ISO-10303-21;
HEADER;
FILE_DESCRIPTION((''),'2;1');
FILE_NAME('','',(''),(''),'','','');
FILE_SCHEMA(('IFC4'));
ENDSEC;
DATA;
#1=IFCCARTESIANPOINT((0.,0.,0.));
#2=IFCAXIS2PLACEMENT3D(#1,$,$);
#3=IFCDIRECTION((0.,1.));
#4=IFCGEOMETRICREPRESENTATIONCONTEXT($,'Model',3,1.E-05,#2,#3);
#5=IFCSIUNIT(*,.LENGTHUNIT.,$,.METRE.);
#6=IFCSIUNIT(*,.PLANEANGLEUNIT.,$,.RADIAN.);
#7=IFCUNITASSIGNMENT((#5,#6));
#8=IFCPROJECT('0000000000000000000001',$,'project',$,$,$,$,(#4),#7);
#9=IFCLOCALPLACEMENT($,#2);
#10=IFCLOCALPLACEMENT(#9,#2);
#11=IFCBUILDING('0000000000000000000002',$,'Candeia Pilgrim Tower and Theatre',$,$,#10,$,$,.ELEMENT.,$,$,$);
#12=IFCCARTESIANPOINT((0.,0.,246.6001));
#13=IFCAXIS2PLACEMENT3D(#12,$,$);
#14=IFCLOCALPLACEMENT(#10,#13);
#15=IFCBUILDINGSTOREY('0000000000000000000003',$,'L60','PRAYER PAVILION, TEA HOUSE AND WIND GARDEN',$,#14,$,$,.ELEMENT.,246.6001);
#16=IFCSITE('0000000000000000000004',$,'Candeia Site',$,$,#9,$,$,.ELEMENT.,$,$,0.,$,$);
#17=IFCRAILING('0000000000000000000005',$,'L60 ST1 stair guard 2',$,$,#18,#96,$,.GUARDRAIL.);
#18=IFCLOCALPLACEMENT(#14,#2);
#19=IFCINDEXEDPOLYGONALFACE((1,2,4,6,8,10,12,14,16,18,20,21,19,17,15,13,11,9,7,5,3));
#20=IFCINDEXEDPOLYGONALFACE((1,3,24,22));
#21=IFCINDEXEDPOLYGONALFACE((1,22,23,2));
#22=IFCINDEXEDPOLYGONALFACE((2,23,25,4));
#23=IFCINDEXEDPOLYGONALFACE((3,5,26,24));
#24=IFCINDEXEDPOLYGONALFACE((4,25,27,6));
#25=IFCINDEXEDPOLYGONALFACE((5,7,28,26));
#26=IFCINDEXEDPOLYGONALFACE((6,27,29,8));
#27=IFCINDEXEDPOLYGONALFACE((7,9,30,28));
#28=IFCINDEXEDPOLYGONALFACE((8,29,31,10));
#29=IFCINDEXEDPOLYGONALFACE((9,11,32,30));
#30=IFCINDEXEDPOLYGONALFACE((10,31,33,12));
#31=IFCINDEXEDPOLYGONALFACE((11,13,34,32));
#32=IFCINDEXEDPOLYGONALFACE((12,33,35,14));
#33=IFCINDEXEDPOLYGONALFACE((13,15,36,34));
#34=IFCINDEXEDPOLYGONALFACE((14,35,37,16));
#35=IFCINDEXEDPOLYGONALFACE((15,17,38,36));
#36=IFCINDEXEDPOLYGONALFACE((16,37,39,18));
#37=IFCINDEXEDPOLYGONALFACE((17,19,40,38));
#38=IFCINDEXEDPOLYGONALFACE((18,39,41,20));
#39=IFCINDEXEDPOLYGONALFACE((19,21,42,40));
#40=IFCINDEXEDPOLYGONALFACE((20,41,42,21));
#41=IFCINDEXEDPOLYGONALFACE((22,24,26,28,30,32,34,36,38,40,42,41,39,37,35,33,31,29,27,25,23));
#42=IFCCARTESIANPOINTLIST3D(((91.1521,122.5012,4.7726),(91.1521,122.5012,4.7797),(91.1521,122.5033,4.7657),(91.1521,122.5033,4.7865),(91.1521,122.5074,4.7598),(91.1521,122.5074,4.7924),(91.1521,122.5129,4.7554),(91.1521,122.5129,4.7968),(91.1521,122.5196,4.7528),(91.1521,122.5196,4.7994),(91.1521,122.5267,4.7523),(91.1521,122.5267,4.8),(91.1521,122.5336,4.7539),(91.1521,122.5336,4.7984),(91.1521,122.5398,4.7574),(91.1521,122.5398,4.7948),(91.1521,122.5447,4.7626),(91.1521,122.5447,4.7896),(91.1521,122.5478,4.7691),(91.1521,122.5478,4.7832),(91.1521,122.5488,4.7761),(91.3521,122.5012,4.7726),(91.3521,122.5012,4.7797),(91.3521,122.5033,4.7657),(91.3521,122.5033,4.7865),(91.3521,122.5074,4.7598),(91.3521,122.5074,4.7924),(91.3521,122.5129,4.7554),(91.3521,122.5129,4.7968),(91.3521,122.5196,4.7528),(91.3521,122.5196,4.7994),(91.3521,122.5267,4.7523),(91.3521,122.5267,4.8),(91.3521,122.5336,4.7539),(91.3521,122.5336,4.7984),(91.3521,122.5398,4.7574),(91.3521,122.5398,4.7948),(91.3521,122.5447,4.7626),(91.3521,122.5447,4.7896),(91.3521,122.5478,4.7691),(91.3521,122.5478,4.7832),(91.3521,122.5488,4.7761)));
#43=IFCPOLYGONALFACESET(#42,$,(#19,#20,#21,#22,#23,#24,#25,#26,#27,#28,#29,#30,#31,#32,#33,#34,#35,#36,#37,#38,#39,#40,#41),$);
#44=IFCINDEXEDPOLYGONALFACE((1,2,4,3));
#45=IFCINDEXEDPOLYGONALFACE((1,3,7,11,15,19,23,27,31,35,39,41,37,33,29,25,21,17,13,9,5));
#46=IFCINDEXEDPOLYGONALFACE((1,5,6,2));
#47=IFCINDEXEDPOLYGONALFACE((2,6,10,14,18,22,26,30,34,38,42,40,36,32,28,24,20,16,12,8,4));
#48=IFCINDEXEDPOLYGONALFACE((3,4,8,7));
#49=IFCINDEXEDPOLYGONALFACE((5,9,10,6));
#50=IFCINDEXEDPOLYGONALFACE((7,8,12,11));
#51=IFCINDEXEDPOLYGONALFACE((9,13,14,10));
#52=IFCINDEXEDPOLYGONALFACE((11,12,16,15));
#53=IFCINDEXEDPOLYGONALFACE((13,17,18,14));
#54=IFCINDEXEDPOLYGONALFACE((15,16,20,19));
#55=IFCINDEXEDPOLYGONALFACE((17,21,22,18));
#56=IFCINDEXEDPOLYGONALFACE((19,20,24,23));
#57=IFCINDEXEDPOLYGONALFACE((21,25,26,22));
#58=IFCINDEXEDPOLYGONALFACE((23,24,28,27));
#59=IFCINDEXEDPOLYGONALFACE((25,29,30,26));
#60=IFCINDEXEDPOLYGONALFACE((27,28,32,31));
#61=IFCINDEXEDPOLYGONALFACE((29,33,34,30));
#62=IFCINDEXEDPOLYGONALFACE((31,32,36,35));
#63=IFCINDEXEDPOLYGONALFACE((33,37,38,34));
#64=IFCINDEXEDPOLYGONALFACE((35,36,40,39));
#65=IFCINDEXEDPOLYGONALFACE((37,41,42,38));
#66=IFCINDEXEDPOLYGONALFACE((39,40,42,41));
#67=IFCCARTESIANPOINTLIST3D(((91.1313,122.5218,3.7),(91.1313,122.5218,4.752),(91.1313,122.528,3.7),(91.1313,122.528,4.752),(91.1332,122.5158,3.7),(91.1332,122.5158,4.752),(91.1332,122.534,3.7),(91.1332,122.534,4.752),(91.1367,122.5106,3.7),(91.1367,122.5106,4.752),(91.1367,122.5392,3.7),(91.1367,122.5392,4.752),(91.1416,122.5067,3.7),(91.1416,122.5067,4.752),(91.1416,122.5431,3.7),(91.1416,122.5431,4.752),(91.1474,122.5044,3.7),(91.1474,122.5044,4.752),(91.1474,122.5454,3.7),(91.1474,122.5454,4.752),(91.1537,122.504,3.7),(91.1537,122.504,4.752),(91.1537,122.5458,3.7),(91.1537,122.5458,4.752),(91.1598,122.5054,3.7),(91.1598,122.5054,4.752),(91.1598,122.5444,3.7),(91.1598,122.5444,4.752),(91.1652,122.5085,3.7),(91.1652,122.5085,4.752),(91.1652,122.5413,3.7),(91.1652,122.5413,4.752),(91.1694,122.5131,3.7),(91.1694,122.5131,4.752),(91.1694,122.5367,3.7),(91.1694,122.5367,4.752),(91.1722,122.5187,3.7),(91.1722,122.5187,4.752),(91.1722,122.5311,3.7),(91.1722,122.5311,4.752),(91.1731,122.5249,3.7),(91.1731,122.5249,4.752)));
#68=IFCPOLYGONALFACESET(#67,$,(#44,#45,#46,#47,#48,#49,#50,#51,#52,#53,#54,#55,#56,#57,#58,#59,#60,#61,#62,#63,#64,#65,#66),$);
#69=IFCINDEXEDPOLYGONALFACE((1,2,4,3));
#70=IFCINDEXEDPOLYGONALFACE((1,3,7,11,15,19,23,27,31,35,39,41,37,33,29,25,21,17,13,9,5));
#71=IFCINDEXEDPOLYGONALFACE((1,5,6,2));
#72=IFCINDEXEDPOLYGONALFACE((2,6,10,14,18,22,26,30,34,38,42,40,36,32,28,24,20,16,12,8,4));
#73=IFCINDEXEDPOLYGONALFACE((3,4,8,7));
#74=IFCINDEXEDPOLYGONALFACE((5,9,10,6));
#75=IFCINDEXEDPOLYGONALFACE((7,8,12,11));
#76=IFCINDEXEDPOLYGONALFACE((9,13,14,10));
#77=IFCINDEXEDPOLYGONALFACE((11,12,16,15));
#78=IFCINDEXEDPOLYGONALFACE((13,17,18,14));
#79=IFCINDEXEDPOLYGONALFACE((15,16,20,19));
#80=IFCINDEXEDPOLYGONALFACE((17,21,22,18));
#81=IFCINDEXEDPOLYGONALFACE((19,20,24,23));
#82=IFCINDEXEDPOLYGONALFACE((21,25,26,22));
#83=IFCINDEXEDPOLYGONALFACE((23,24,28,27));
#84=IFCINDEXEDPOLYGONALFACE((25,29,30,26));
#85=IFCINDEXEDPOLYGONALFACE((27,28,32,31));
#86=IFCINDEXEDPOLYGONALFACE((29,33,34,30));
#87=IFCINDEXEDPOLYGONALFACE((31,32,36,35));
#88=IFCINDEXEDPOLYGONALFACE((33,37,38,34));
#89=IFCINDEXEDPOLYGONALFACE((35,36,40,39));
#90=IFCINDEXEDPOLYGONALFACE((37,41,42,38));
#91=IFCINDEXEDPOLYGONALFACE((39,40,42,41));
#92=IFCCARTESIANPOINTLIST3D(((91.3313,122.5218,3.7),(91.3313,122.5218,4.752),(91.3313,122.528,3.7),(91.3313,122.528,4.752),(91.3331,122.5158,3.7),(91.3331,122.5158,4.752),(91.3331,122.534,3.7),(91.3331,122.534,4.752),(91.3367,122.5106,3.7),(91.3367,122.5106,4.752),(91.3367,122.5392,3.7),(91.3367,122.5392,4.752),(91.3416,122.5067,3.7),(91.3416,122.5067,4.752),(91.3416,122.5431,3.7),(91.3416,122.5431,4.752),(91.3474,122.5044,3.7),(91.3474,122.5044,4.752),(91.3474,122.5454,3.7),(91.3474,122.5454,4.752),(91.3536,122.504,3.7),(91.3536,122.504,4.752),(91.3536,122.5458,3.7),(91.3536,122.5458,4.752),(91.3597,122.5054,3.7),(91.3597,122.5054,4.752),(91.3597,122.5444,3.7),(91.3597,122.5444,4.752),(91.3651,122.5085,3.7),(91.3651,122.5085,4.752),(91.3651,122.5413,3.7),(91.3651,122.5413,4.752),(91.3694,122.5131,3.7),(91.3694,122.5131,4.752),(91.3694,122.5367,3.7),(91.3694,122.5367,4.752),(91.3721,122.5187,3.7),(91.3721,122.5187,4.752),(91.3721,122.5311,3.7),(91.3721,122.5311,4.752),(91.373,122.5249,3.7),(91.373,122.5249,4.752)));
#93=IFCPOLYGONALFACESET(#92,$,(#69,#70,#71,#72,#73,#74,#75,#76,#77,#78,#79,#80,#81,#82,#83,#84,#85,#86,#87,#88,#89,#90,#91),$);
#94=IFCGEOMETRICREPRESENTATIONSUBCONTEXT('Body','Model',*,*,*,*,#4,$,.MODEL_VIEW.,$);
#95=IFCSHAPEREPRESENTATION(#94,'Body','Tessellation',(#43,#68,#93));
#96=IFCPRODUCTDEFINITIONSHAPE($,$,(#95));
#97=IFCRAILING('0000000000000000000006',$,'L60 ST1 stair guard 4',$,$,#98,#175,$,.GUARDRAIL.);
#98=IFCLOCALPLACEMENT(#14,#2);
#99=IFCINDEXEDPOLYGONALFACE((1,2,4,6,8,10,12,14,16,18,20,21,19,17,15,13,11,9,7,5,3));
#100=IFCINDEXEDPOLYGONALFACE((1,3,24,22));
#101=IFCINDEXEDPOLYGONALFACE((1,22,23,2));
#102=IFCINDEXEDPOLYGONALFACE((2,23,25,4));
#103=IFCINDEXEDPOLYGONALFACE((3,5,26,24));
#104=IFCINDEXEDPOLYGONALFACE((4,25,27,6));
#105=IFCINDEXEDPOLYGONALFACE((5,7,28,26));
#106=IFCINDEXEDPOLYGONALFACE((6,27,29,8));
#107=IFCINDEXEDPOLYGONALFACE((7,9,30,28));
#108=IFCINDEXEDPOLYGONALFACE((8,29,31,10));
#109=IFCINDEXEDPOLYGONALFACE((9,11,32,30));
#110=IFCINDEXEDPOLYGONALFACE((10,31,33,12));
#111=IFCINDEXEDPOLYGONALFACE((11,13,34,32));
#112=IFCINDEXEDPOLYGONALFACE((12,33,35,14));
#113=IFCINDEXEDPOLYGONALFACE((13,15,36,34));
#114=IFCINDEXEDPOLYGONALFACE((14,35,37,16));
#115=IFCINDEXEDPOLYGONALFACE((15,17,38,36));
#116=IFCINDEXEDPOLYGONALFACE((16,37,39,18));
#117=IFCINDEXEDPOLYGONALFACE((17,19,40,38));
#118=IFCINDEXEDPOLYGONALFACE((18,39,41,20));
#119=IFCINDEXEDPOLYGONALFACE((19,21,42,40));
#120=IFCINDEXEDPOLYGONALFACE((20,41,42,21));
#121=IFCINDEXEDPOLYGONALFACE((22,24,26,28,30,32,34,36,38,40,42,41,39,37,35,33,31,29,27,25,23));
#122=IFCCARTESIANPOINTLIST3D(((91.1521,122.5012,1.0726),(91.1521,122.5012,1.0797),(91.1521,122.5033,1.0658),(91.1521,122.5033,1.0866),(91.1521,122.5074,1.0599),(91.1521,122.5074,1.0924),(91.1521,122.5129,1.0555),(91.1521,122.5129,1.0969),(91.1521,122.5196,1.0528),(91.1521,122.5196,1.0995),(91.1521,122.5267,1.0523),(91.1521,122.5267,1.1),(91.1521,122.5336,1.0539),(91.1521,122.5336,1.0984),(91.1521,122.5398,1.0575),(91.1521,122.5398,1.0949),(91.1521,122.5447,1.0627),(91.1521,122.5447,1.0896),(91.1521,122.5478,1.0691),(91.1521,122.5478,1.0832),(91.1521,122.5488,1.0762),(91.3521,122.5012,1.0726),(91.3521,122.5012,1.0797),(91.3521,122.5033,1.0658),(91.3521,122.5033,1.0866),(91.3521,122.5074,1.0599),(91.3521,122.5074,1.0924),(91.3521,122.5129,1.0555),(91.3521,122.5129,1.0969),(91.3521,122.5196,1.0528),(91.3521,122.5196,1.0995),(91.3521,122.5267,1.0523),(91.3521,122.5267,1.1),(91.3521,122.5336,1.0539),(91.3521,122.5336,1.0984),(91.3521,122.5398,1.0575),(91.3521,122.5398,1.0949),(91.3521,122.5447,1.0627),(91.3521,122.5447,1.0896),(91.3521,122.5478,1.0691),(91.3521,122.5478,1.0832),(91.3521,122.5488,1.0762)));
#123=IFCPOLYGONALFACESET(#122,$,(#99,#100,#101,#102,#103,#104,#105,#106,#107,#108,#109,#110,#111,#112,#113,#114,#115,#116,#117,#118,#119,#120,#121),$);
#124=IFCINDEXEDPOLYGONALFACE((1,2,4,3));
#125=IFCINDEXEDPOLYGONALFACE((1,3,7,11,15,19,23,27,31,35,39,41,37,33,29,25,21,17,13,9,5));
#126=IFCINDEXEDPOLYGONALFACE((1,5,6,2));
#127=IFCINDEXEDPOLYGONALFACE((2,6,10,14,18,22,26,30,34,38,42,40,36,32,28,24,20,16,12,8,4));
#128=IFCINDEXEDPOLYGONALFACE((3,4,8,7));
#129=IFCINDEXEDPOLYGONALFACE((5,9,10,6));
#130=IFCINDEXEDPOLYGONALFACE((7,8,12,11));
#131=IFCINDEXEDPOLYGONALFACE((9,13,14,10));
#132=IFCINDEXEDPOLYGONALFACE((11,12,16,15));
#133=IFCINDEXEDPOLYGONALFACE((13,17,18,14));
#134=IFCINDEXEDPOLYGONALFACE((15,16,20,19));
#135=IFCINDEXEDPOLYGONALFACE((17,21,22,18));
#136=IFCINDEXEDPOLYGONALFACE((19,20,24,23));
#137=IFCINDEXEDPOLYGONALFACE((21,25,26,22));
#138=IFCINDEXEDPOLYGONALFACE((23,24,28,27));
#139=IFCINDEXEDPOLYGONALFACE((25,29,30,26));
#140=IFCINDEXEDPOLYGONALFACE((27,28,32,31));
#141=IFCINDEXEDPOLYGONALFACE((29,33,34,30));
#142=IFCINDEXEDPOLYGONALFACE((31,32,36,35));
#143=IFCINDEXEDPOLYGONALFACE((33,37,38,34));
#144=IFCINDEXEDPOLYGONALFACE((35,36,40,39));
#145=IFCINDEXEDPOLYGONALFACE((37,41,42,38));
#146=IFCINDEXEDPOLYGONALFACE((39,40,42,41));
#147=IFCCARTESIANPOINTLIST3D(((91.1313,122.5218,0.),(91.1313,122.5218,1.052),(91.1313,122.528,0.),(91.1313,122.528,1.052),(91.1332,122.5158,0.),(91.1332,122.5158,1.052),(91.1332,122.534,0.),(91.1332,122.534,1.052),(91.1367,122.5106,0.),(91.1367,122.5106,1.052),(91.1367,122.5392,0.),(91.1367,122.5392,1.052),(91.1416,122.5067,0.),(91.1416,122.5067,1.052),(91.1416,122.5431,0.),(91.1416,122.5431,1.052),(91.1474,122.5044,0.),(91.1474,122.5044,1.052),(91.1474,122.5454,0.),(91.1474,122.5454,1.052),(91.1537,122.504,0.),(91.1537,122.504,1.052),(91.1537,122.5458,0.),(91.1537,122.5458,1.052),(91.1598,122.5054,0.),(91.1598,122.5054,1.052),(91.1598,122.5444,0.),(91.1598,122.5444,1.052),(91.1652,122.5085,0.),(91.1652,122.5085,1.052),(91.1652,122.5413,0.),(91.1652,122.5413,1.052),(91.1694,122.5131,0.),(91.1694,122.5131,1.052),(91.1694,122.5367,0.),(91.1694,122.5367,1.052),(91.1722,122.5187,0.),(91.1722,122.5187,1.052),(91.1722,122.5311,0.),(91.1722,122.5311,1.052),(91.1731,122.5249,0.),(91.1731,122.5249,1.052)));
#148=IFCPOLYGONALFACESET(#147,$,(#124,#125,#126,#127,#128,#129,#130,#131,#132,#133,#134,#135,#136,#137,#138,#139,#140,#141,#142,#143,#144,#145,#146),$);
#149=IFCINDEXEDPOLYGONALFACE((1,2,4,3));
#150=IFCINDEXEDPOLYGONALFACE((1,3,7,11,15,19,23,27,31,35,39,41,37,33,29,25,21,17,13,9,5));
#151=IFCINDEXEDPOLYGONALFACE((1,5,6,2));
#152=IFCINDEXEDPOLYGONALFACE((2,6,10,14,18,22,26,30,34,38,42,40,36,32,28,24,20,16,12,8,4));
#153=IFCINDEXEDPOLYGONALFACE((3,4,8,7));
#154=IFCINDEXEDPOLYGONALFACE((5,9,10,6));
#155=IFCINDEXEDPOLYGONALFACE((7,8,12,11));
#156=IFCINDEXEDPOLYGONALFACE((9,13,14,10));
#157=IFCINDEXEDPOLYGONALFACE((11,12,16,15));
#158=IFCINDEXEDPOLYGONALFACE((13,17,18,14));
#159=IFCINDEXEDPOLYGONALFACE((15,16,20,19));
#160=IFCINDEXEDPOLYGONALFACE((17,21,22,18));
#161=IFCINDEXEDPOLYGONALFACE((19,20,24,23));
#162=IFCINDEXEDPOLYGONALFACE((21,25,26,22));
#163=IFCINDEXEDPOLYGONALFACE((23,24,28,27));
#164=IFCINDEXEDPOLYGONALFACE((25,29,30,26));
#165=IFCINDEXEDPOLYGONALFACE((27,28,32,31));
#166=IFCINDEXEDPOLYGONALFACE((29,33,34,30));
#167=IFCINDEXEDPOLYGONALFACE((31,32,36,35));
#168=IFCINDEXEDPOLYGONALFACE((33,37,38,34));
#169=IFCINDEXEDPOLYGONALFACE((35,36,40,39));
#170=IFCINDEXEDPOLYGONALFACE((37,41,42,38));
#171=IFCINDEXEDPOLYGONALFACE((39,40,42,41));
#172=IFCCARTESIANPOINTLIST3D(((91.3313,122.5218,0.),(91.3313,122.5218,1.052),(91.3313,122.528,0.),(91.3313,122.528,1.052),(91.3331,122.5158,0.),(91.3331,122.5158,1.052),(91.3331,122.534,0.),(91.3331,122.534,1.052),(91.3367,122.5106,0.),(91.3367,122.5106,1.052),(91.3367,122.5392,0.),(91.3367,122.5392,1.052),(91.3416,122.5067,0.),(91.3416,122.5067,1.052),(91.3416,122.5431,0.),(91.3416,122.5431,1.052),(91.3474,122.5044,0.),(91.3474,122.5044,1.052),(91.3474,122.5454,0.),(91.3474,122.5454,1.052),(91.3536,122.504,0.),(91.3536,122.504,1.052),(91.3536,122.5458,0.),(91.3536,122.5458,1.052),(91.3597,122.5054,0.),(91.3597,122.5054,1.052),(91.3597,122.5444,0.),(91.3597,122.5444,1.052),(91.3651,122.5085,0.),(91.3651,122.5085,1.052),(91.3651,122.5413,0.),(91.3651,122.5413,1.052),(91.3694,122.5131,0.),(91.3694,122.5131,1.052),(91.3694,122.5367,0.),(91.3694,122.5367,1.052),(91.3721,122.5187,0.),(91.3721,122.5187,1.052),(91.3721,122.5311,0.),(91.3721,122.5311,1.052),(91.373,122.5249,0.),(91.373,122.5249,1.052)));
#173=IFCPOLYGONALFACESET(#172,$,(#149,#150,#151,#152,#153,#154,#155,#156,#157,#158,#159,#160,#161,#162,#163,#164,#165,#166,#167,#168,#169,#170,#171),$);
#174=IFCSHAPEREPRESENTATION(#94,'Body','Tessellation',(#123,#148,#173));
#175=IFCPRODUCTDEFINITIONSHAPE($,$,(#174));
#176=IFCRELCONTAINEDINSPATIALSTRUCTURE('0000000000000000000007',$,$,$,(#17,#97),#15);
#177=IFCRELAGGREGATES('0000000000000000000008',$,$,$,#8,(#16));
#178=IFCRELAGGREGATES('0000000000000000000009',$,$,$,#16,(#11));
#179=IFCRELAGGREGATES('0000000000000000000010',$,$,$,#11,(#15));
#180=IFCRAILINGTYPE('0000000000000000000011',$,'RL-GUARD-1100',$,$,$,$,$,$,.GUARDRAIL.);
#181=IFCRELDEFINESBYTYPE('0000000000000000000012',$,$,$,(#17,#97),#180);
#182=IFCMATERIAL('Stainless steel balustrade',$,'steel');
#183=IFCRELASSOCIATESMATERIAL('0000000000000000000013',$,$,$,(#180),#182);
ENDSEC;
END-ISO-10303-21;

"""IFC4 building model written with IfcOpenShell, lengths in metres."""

from ifc_helpers import new_model, si_unit, direction, frame, origin, origin_2d, place, context, subcontext, project, spatial, circle, extrude, material, type_object, element, save


model = new_model("IFC4")

# Units and contexts
model_context = context("Model", 3, precision=1e-05, world=origin(), true_north=direction((0.0, 1.0)))
body_context = subcontext(model_context, "Body", "Model", "MODEL_VIEW")
ifc_project = project(units=[si_unit("LENGTHUNIT", "METRE"), si_unit("PLANEANGLEUNIT", "RADIAN")], contexts=[model_context])

# Site, building, storey
site_placement = place(None, origin())
site = spatial("IfcSite", under=ifc_project, at=site_placement, Name="Candeia Site", CompositionType="ELEMENT", RefElevation=0.0)
building_placement = place(site_placement, origin())
building = spatial("IfcBuilding", under=site, at=building_placement, Name="Candeia Pilgrim Tower and Theatre", CompositionType="ELEMENT")
storey_placement = place(building_placement, frame((0.0, 0.0, 246.6001)))
storey = spatial("IfcBuildingStorey", under=building, at=storey_placement, Name="L60", Description="PRAYER PAVILION, TEA HOUSE AND WIND GARDEN", CompositionType="ELEMENT", Elevation=246.6001)

# Railings
ifc_material_1 = material(Name="Stainless steel balustrade", Category="steel")
railing_type_1 = type_object("IfcRailingType", Name="RL-GUARD-1100", PredefinedType="GUARDRAIL", material=ifc_material_1)
railing_1_placement = place(storey_placement, frame((91.1521, 122.5249, 3.7)))
element("IfcRailing", 1, at=railing_1_placement, inside=storey, type_object=railing_type_1, Name="L60 ST1 stair guard 2", PredefinedType="GUARDRAIL", context=body_context, shape_type="SweptSolid", body=[
    extrude(circle(Radius=0.0239, at=origin_2d()), frame((0.0, 0.0, 1.0762), z_axis=(1.0, 0.0, 0.0), x_axis=(0.0, 1.0, 0.0)), (0.0, 0.0, 1.0), 0.2),
    extrude(circle(Radius=0.021, at=origin_2d()), origin(), (0.0, 0.0, 1.0), 1.052),
    extrude(circle(Radius=0.021, at=origin_2d()), frame((0.2, 0.0, 0.0)), (0.0, 0.0, 1.0), 1.052),
])
railing_2_placement = place(storey_placement, frame((91.1521, 122.5249, 0.0)))
element("IfcRailing", 2, at=railing_2_placement, inside=storey, type_object=railing_type_1, Name="L60 ST1 stair guard 4", PredefinedType="GUARDRAIL", context=body_context, shape_type="SweptSolid", body=[
    extrude(circle(Radius=0.0239, at=origin_2d()), frame((0.0, 0.0, 1.0762), z_axis=(1.0, 0.0, 0.0), x_axis=(0.0, 1.0, 0.0)), (0.0, 0.0, 1.0), 0.2),
    extrude(circle(Radius=0.021, at=origin_2d()), origin(), (0.0, 0.0, 1.0), 1.052),
    extrude(circle(Radius=0.021, at=origin_2d()), frame((0.2, 0.0, 0.0)), (0.0, 0.0, 1.0), 1.052),
])

save(model, "model.ifc")
